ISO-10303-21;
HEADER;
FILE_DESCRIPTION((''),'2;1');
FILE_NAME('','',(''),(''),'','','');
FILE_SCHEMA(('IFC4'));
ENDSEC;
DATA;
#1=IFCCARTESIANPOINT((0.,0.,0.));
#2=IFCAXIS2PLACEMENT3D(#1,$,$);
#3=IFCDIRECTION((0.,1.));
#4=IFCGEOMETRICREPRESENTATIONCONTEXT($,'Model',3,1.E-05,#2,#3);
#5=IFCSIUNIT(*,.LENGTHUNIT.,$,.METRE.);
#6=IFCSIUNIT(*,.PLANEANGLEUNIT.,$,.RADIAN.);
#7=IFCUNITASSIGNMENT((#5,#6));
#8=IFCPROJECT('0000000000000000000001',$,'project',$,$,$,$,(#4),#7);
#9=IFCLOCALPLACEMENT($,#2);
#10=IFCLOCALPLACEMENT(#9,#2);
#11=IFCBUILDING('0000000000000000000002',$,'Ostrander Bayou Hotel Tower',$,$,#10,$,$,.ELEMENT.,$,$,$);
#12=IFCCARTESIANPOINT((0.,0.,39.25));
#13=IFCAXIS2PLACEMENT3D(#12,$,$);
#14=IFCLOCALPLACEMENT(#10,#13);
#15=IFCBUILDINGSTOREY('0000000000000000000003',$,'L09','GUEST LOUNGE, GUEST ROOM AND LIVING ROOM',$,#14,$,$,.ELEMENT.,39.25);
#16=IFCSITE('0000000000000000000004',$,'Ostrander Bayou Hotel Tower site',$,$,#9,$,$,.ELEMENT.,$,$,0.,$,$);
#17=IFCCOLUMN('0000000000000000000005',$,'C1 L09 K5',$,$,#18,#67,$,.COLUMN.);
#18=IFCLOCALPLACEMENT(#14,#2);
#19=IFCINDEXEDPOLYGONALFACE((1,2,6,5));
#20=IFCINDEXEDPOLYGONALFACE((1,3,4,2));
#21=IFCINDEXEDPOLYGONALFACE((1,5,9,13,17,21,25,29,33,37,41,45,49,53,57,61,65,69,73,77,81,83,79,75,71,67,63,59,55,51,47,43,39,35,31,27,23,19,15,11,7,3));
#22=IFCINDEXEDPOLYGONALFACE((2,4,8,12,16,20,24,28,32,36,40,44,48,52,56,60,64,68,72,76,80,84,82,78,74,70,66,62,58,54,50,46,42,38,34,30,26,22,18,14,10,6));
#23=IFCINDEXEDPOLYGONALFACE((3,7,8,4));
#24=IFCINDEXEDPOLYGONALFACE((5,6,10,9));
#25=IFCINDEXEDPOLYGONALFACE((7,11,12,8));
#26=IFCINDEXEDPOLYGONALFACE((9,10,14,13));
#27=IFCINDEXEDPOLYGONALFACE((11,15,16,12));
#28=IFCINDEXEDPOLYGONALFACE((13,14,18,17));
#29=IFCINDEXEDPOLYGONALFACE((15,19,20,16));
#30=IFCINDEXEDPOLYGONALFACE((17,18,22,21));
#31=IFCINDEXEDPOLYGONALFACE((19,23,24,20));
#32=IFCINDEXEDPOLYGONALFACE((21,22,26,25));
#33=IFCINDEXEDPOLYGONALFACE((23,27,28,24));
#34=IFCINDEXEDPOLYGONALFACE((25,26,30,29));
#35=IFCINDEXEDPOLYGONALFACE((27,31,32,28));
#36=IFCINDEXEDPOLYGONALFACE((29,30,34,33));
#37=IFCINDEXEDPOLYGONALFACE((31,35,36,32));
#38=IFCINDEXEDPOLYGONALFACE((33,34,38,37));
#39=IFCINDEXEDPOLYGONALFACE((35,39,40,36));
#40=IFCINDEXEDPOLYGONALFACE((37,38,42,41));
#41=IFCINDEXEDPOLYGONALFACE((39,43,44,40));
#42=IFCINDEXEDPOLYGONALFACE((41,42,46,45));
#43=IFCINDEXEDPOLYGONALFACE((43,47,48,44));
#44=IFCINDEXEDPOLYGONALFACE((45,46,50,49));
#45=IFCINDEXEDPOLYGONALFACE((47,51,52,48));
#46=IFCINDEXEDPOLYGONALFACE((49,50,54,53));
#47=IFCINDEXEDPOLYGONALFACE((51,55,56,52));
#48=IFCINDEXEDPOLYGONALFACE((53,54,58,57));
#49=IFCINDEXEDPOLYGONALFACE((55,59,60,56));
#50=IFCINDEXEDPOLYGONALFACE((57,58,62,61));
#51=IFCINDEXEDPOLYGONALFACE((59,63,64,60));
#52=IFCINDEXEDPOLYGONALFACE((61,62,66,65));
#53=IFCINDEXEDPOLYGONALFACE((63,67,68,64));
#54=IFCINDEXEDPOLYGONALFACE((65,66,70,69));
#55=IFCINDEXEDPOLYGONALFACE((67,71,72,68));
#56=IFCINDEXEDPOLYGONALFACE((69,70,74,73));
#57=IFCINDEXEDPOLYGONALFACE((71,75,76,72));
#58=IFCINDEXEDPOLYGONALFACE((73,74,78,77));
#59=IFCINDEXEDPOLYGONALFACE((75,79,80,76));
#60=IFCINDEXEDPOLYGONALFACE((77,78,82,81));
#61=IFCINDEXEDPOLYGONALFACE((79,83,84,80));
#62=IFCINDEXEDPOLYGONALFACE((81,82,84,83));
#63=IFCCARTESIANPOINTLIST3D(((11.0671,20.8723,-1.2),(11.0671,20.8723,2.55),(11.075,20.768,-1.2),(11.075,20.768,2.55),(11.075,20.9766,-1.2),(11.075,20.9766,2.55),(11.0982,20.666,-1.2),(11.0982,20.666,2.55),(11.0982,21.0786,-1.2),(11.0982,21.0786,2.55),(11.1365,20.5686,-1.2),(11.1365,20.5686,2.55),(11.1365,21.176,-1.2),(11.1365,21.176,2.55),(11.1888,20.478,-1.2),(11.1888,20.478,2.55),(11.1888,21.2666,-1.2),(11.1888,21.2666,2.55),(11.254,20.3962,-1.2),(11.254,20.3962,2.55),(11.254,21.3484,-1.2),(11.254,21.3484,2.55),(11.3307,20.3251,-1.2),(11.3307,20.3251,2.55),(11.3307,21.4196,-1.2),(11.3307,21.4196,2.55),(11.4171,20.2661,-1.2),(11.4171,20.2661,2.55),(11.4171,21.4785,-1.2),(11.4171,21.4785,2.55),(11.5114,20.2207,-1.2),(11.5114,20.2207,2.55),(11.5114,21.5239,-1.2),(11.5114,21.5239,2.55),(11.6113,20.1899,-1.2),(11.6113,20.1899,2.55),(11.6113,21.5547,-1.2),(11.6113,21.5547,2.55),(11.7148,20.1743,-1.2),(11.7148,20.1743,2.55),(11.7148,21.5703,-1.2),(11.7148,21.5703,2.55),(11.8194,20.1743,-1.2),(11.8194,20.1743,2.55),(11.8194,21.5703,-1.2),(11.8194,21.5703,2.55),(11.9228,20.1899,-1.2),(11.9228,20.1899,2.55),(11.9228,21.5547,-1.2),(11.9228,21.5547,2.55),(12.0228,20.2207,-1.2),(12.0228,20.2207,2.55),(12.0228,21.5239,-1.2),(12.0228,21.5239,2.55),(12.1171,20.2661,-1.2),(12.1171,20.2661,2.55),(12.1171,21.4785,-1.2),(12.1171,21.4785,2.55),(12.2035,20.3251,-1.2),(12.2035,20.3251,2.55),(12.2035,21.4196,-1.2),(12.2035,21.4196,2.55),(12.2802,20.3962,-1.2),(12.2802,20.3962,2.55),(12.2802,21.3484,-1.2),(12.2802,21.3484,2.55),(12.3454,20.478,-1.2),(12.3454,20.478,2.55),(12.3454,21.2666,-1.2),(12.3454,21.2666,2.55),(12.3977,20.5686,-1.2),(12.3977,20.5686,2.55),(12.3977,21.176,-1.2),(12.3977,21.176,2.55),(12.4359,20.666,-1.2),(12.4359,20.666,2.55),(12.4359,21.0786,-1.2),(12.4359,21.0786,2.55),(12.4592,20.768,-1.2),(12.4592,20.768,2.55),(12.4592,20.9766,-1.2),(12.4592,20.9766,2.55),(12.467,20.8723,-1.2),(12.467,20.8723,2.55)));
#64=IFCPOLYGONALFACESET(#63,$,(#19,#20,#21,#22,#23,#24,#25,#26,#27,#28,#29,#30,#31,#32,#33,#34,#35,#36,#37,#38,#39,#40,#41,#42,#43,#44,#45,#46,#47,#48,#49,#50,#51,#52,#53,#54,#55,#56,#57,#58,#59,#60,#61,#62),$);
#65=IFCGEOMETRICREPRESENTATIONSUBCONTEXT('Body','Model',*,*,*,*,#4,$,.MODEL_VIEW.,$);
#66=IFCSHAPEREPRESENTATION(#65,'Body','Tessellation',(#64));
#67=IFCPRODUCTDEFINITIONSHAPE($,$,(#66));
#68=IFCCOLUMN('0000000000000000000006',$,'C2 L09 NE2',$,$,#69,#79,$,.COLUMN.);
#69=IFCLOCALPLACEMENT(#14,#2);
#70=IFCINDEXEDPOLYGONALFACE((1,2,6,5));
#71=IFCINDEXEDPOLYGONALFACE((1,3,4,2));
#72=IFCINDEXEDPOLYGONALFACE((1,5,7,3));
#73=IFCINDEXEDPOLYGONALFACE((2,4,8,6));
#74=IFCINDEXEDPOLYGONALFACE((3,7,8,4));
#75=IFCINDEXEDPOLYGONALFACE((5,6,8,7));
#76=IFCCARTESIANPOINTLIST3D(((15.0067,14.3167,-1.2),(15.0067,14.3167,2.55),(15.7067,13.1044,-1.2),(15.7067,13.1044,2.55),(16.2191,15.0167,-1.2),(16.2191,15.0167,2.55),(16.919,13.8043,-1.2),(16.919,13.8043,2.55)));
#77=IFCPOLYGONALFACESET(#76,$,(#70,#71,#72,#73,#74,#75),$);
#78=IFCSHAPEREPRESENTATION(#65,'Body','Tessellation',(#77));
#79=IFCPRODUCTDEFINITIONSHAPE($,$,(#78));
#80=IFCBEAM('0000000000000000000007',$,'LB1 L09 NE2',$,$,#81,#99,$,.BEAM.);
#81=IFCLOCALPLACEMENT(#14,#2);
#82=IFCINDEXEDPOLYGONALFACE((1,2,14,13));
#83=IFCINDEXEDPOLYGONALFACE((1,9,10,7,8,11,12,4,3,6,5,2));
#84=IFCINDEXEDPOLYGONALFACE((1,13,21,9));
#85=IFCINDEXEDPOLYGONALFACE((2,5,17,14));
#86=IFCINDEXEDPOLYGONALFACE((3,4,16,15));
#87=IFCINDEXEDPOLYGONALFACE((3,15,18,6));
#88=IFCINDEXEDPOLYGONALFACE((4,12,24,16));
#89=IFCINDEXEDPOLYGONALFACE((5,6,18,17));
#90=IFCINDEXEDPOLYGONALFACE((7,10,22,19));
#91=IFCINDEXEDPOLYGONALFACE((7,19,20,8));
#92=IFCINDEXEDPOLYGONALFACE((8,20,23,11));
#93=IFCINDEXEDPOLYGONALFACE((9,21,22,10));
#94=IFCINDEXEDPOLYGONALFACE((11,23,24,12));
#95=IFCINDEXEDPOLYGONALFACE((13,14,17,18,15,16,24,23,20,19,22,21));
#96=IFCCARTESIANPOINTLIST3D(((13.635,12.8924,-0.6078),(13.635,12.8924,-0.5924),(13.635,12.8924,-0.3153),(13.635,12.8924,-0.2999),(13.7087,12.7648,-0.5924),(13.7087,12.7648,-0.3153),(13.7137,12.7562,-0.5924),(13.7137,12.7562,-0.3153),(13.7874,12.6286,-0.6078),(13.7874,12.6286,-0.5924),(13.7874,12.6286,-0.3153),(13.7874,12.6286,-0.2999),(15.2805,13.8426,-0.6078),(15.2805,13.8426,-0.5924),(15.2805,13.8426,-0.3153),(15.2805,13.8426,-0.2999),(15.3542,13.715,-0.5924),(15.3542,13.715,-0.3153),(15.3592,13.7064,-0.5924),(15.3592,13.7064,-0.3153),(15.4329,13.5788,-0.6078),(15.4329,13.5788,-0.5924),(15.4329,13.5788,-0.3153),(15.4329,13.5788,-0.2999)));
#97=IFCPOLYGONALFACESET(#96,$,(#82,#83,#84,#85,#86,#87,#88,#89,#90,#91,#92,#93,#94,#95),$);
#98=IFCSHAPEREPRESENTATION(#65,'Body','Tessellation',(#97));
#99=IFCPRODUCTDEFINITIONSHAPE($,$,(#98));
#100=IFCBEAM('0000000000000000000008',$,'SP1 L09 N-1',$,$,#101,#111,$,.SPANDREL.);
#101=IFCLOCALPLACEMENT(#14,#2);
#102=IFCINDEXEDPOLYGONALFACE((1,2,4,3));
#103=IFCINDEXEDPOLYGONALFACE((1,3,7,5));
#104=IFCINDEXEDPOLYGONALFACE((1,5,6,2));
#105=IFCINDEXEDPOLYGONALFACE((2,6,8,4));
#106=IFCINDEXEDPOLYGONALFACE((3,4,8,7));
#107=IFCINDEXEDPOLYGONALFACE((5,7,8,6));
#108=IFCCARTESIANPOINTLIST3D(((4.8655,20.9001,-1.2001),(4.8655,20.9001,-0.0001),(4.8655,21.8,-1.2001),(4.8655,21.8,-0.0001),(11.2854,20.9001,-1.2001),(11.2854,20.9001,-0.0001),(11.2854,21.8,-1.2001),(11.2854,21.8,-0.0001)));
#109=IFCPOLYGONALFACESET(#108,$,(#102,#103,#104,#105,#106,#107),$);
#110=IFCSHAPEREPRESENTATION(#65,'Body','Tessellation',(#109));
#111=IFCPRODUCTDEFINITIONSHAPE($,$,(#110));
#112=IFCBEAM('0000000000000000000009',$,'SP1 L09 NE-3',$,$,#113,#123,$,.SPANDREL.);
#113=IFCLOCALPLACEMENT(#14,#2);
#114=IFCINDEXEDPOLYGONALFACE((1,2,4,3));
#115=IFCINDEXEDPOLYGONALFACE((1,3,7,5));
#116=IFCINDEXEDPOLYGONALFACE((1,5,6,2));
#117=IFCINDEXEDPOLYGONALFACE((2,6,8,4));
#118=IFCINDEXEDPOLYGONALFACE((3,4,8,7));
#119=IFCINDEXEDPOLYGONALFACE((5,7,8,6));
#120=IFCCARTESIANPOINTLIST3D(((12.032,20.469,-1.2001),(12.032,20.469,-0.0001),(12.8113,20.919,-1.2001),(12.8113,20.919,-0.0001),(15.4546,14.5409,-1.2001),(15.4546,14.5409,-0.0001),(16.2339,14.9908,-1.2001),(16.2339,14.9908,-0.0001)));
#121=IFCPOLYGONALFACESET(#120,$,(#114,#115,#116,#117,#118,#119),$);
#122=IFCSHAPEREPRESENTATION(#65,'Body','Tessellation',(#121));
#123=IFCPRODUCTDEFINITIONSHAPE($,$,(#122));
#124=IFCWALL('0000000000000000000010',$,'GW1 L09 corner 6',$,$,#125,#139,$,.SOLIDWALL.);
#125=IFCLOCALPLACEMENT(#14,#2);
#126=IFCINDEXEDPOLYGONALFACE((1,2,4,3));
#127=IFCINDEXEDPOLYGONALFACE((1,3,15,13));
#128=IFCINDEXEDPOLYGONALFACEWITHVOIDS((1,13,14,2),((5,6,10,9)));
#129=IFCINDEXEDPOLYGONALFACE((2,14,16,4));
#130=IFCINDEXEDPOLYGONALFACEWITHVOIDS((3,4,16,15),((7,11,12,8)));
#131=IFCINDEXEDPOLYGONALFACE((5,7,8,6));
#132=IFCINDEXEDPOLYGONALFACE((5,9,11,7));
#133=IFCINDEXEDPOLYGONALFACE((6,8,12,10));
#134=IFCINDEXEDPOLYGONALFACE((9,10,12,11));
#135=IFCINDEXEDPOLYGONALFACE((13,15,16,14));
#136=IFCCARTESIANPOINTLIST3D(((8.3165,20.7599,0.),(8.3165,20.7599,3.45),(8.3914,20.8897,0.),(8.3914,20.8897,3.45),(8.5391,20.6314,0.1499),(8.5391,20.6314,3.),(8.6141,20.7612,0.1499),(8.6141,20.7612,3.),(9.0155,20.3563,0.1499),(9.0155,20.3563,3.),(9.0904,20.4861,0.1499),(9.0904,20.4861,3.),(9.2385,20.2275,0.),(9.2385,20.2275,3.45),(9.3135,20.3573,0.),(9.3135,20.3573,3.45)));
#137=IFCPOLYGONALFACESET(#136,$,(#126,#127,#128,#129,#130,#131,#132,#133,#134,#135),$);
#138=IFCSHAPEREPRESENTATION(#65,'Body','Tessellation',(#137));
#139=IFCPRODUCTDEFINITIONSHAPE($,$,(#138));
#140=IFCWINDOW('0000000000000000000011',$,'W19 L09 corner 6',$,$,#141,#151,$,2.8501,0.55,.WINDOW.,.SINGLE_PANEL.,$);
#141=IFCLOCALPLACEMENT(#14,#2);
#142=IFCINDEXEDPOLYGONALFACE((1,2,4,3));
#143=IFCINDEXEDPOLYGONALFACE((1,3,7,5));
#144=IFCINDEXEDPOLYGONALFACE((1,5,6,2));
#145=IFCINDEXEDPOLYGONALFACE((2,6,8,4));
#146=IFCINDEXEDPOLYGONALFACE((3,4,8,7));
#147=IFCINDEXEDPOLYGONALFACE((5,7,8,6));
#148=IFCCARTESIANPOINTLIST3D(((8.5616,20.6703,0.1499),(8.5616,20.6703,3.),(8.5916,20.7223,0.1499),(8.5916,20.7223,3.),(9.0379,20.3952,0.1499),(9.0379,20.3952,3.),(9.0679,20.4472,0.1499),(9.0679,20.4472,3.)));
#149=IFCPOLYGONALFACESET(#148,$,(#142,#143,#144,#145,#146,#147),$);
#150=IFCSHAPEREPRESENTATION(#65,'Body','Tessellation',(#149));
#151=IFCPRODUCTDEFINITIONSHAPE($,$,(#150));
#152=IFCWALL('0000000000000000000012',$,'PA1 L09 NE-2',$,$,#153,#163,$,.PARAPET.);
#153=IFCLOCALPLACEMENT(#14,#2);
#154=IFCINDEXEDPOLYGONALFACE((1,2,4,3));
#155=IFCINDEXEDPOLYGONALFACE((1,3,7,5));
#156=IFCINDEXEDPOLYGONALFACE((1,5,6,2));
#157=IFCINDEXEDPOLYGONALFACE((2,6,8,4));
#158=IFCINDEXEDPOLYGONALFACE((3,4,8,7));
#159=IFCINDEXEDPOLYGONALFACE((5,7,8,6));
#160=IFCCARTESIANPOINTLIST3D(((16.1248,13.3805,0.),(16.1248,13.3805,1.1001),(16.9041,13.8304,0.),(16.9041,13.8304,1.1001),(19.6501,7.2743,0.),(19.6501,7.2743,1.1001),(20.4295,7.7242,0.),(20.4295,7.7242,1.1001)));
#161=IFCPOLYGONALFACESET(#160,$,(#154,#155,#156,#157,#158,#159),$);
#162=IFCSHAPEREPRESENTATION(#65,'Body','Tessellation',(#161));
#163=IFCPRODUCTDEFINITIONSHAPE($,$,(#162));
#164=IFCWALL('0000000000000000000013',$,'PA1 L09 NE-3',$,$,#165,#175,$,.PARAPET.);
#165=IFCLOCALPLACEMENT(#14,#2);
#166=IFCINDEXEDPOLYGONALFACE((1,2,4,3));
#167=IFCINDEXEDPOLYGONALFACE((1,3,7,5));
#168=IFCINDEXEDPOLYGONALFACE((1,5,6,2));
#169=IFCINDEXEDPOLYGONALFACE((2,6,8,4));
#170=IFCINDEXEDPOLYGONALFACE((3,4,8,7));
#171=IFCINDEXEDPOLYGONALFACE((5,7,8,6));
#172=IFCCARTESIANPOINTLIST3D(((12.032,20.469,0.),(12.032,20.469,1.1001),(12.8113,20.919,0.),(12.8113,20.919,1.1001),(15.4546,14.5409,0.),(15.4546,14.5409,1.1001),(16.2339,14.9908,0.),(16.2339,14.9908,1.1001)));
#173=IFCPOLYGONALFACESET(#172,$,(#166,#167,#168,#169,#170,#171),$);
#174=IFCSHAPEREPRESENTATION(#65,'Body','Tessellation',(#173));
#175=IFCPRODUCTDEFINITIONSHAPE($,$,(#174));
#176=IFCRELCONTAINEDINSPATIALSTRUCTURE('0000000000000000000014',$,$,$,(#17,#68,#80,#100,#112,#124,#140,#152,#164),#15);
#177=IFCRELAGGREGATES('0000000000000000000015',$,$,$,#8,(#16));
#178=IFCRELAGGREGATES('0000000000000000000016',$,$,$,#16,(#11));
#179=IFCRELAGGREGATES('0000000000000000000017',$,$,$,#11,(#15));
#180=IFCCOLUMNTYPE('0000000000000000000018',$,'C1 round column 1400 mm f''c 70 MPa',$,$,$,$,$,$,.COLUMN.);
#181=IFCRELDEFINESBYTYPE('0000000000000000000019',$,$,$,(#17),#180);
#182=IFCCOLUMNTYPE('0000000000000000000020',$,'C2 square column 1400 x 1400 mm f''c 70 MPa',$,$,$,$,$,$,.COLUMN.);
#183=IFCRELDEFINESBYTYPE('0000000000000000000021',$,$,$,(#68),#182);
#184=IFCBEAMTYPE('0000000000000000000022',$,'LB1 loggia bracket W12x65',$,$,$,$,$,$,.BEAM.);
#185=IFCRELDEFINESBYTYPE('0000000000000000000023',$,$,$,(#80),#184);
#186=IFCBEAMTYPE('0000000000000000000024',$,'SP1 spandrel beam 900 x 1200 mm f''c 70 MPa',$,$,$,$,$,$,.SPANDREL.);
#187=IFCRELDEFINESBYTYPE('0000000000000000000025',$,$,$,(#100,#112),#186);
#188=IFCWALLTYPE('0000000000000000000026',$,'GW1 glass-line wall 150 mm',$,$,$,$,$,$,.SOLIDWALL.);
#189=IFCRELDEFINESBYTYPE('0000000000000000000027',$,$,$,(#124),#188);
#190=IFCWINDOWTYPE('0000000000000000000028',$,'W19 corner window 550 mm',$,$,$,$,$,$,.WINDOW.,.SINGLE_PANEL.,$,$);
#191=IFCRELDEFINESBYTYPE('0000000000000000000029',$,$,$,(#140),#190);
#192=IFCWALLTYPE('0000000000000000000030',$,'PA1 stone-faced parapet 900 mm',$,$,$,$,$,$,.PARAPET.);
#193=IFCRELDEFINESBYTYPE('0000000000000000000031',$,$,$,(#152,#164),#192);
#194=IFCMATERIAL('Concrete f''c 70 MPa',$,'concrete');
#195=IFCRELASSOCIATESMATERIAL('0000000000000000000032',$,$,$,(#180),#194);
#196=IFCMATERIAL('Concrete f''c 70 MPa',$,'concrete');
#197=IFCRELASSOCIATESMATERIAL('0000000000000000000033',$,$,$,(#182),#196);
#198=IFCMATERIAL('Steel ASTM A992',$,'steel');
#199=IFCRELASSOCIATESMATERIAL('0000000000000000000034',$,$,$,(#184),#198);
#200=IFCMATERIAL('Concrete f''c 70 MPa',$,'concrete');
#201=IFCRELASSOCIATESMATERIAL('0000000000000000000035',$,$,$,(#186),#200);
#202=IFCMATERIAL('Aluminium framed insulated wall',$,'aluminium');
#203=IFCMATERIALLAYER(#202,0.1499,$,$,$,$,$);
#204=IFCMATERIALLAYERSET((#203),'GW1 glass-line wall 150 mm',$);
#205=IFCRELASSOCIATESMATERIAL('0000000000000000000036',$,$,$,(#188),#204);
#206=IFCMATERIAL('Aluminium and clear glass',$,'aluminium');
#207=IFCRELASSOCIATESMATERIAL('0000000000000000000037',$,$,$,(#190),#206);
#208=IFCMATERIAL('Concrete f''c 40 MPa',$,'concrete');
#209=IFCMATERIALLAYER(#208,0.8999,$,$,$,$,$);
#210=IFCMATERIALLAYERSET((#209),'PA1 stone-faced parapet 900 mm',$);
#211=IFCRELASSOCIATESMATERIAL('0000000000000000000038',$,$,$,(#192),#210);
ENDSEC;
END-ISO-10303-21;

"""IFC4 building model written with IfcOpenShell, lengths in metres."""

from ifc_helpers import new_model, si_unit, direction, frame, frame_2d, origin, origin_2d, place, context, subcontext, project, spatial, rectangle, circle, i_section, extrude, material, layer, layer_set, material_profile, profile_set, type_object, element, fill, save


model = new_model("IFC4")

# Units and contexts
model_context = context("Model", 3, precision=1e-05, world=origin(), true_north=direction((0.0, 1.0)))
body_context = subcontext(model_context, "Body", "Model", "MODEL_VIEW")
ifc_project = project(units=[si_unit("LENGTHUNIT", "METRE"), si_unit("PLANEANGLEUNIT", "RADIAN")], contexts=[model_context])

# Site, building, storey
site_placement = place(None, origin())
site = spatial("IfcSite", under=ifc_project, at=site_placement, Name="Ostrander Bayou Hotel Tower site", CompositionType="ELEMENT", RefElevation=0.0)
building_placement = place(site_placement, origin())
building = spatial("IfcBuilding", under=site, at=building_placement, Name="Ostrander Bayou Hotel Tower", CompositionType="ELEMENT")
storey_placement = place(building_placement, frame((0.0, 0.0, 39.25)))
storey = spatial("IfcBuildingStorey", under=building, at=storey_placement, Name="L09", Description="GUEST LOUNGE, GUEST ROOM AND LIVING ROOM", CompositionType="ELEMENT", Elevation=39.25)

# Columns
ifc_material_1 = material(Name="Concrete f'c 70 MPa", Category="concrete")
ifc_material_profile_1 = material_profile(ifc_material_1, circle(Radius=0.7, at=origin_2d()))
ifc_profile_set_1 = profile_set([ifc_material_profile_1], Name="Concrete f'c 70 MPa")
column_type_1 = type_object("IfcColumnType", Name="C1 round column 1400 mm f'c 70 MPa", PredefinedType="COLUMN", material=ifc_profile_set_1)
column_1_placement = place(storey_placement, frame((11.7671, 20.8723, -1.2), z_axis=(0.0, 0.0, 1.0), x_axis=(1.0, 0.0, 0.0)))
element("IfcColumn", 1, at=column_1_placement, inside=storey, type_object=column_type_1, Name="C1 L09 K5", PredefinedType="COLUMN", context=body_context, shape_type="SweptSolid", body=[
    extrude(circle(Radius=0.7, at=origin_2d()), origin(), (0.0, 0.0, 1.0), 3.75),
])
ifc_material_2 = material(Name="Concrete f'c 70 MPa", Category="concrete")
ifc_material_profile_2 = material_profile(ifc_material_2, rectangle(XDim=1.3999, YDim=1.3999, at=origin_2d()))
ifc_profile_set_2 = profile_set([ifc_material_profile_2], Name="Concrete f'c 70 MPa")
column_type_2 = type_object("IfcColumnType", Name="C2 square column 1400 x 1400 mm f'c 70 MPa", PredefinedType="COLUMN", material=ifc_profile_set_2)
column_2_placement = place(storey_placement, frame((15.9629, 14.0605, -1.2), z_axis=(0.0, 0.0, 1.0), x_axis=(0.5, -0.866025, 0.0)))
element("IfcColumn", 2, at=column_2_placement, inside=storey, type_object=column_type_2, Name="C2 L09 NE2", PredefinedType="COLUMN", context=body_context, shape_type="SweptSolid", body=[
    extrude(rectangle(XDim=1.3999, YDim=1.3999, at=origin_2d()), origin(), (0.0, 0.0, 1.0), 3.75),
])

# Beams
ifc_material_3 = material(Name="Steel ASTM A992", Category="steel")
ifc_material_profile_3 = material_profile(ifc_material_3, i_section(OverallWidth=0.3047, OverallDepth=0.3079, WebThickness=0.01, FlangeThickness=0.0154, at=origin_2d()))
ifc_profile_set_3 = profile_set([ifc_material_profile_3], Name="Steel ASTM A992")
beam_type_1 = type_object("IfcBeamType", Name="LB1 loggia bracket W12x65", PredefinedType="BEAM", material=ifc_profile_set_3)
beam_1_placement = place(storey_placement, frame((15.3567, 13.7107, -0.4539), z_axis=(-0.865989, -0.500064, 0.0), x_axis=(0.500064, -0.865989, 0.0)))
element("IfcBeam", 3, at=beam_1_placement, inside=storey, type_object=beam_type_1, Name="LB1 L09 NE2", PredefinedType="BEAM", context=body_context, shape_type="SweptSolid", body=[
    extrude(i_section(OverallWidth=0.3047, OverallDepth=0.3079, WebThickness=0.01, FlangeThickness=0.0154, at=origin_2d()), origin(), (0.0, 0.0, 1.0), 1.9001),
])
ifc_material_4 = material(Name="Concrete f'c 70 MPa", Category="concrete")
ifc_material_profile_4 = material_profile(ifc_material_4, rectangle(XDim=0.8999, YDim=1.2, at=origin_2d()))
ifc_profile_set_4 = profile_set([ifc_material_profile_4], Name="Concrete f'c 70 MPa")
beam_type_2 = type_object("IfcBeamType", Name="SP1 spandrel beam 900 x 1200 mm f'c 70 MPa", PredefinedType="SPANDREL", material=ifc_profile_set_4)
beam_2_placement = place(storey_placement, frame((11.2854, 21.3501, -0.6001), z_axis=(-1.0, 0.0, 0.0), x_axis=(0.0, -1.0, 0.0)))
element("IfcBeam", 4, at=beam_2_placement, inside=storey, type_object=beam_type_2, Name="SP1 L09 N-1", PredefinedType="SPANDREL", context=body_context, shape_type="SweptSolid", body=[
    extrude(rectangle(XDim=0.8999, YDim=1.2, at=origin_2d()), origin(), (0.0, 0.0, 1.0), 6.4199),
])
beam_3_placement = place(storey_placement, frame((15.8442, 14.7659, -0.6001), z_axis=(-0.499994, 0.866029, 0.0), x_axis=(-0.866029, -0.499994, 0.0)))
element("IfcBeam", 5, at=beam_3_placement, inside=storey, type_object=beam_type_2, Name="SP1 L09 NE-3", PredefinedType="SPANDREL", context=body_context, shape_type="SweptSolid", body=[
    extrude(rectangle(XDim=0.8999, YDim=1.2, at=origin_2d()), origin(), (0.0, 0.0, 1.0), 6.8452),
])

# Wall, opening, window
ifc_material_5 = material(Name="Aluminium framed insulated wall", Category="aluminium")
ifc_layer_1 = layer(ifc_material_5, 0.1499)
ifc_layer_set_1 = layer_set([ifc_layer_1], Name="GW1 glass-line wall 150 mm")
wall_type_1 = type_object("IfcWallType", Name="GW1 glass-line wall 150 mm", PredefinedType="SOLIDWALL", material=ifc_layer_set_1)
wall_1_placement = place(storey_placement, frame((9.2759, 20.2925, 0.0), z_axis=(0.0, 0.0, 1.0), x_axis=(-0.865991, 0.50006, 0.0)))
wall_1 = element("IfcWall", 6, at=wall_1_placement, inside=storey, type_object=wall_type_1, Name="GW1 L09 corner 6", PredefinedType="SOLIDWALL", context=body_context, shape_type="SweptSolid", body=[
    extrude(rectangle(XDim=1.0647, YDim=0.1499, at=frame_2d((0.5322, 0.0))), origin(), (0.0, 0.0, 1.0), 3.45),
])
opening_1_placement = place(wall_1_placement, frame((0.2576, 0.0, 0.1499)))
opening_1 = element("IfcOpeningElement", 7, at=opening_1_placement, cuts=wall_1, PredefinedType="OPENING", context=body_context, shape_type="SweptSolid", body=[
    extrude(rectangle(XDim=0.55, YDim=2.8501, at=frame_2d((0.2749, 1.425))), frame((0.0, 0.075, 0.0), z_axis=(0.0, -1.0, 0.0), x_axis=(1.0, 0.0, 0.0)), (0.0, 0.0, 1.0), 0.1499),
])
ifc_material_6 = material(Name="Aluminium and clear glass", Category="aluminium")
window_type_1 = type_object("IfcWindowType", Name="W19 corner window 550 mm", PartitioningType="SINGLE_PANEL", PredefinedType="WINDOW", material=ifc_material_6)
window_1_placement = place(opening_1_placement, origin())
window_1 = element("IfcWindow", 8, at=window_1_placement, inside=storey, type_object=window_type_1, Name="W19 L09 corner 6", OverallHeight=2.8501, OverallWidth=0.55, PartitioningType="SINGLE_PANEL", PredefinedType="WINDOW", context=body_context, shape_type="SweptSolid", body=[
    extrude(rectangle(XDim=0.55, YDim=2.8501, at=frame_2d((0.2749, 1.425))), frame((0.0, 0.03, 0.0), z_axis=(0.0, -1.0, 0.0), x_axis=(1.0, 0.0, 0.0)), (0.0, 0.0, 1.0), 0.0601),
])
fill(opening_1, window_1)

# Walls
ifc_material_7 = material(Name="Concrete f'c 40 MPa", Category="concrete")
ifc_layer_2 = layer(ifc_material_7, 0.8999)
ifc_layer_set_2 = layer_set([ifc_layer_2], Name="PA1 stone-faced parapet 900 mm")
wall_type_2 = type_object("IfcWallType", Name="PA1 stone-faced parapet 900 mm", PredefinedType="PARAPET", material=ifc_layer_set_2)
wall_2_placement = place(storey_placement, frame((20.0398, 7.4993, 0.0), z_axis=(0.0, 0.0, 1.0), x_axis=(-0.499997, 0.866027, 0.0)))
element("IfcWall", 9, at=wall_2_placement, inside=storey, type_object=wall_type_2, Name="PA1 L09 NE-2", PredefinedType="PARAPET", context=body_context, shape_type="SweptSolid", body=[
    extrude(rectangle(XDim=7.0508, YDim=0.8999, at=frame_2d((3.5254, 0.0))), origin(), (0.0, 0.0, 1.0), 1.1001),
])
wall_3_placement = place(storey_placement, frame((15.8442, 14.7659, 0.0), z_axis=(0.0, 0.0, 1.0), x_axis=(-0.499994, 0.866029, 0.0)))
element("IfcWall", 10, at=wall_3_placement, inside=storey, type_object=wall_type_2, Name="PA1 L09 NE-3", PredefinedType="PARAPET", context=body_context, shape_type="SweptSolid", body=[
    extrude(rectangle(XDim=6.8452, YDim=0.8999, at=frame_2d((3.4226, 0.0))), origin(), (0.0, 0.0, 1.0), 1.1001),
])

save(model, "model.ifc")
